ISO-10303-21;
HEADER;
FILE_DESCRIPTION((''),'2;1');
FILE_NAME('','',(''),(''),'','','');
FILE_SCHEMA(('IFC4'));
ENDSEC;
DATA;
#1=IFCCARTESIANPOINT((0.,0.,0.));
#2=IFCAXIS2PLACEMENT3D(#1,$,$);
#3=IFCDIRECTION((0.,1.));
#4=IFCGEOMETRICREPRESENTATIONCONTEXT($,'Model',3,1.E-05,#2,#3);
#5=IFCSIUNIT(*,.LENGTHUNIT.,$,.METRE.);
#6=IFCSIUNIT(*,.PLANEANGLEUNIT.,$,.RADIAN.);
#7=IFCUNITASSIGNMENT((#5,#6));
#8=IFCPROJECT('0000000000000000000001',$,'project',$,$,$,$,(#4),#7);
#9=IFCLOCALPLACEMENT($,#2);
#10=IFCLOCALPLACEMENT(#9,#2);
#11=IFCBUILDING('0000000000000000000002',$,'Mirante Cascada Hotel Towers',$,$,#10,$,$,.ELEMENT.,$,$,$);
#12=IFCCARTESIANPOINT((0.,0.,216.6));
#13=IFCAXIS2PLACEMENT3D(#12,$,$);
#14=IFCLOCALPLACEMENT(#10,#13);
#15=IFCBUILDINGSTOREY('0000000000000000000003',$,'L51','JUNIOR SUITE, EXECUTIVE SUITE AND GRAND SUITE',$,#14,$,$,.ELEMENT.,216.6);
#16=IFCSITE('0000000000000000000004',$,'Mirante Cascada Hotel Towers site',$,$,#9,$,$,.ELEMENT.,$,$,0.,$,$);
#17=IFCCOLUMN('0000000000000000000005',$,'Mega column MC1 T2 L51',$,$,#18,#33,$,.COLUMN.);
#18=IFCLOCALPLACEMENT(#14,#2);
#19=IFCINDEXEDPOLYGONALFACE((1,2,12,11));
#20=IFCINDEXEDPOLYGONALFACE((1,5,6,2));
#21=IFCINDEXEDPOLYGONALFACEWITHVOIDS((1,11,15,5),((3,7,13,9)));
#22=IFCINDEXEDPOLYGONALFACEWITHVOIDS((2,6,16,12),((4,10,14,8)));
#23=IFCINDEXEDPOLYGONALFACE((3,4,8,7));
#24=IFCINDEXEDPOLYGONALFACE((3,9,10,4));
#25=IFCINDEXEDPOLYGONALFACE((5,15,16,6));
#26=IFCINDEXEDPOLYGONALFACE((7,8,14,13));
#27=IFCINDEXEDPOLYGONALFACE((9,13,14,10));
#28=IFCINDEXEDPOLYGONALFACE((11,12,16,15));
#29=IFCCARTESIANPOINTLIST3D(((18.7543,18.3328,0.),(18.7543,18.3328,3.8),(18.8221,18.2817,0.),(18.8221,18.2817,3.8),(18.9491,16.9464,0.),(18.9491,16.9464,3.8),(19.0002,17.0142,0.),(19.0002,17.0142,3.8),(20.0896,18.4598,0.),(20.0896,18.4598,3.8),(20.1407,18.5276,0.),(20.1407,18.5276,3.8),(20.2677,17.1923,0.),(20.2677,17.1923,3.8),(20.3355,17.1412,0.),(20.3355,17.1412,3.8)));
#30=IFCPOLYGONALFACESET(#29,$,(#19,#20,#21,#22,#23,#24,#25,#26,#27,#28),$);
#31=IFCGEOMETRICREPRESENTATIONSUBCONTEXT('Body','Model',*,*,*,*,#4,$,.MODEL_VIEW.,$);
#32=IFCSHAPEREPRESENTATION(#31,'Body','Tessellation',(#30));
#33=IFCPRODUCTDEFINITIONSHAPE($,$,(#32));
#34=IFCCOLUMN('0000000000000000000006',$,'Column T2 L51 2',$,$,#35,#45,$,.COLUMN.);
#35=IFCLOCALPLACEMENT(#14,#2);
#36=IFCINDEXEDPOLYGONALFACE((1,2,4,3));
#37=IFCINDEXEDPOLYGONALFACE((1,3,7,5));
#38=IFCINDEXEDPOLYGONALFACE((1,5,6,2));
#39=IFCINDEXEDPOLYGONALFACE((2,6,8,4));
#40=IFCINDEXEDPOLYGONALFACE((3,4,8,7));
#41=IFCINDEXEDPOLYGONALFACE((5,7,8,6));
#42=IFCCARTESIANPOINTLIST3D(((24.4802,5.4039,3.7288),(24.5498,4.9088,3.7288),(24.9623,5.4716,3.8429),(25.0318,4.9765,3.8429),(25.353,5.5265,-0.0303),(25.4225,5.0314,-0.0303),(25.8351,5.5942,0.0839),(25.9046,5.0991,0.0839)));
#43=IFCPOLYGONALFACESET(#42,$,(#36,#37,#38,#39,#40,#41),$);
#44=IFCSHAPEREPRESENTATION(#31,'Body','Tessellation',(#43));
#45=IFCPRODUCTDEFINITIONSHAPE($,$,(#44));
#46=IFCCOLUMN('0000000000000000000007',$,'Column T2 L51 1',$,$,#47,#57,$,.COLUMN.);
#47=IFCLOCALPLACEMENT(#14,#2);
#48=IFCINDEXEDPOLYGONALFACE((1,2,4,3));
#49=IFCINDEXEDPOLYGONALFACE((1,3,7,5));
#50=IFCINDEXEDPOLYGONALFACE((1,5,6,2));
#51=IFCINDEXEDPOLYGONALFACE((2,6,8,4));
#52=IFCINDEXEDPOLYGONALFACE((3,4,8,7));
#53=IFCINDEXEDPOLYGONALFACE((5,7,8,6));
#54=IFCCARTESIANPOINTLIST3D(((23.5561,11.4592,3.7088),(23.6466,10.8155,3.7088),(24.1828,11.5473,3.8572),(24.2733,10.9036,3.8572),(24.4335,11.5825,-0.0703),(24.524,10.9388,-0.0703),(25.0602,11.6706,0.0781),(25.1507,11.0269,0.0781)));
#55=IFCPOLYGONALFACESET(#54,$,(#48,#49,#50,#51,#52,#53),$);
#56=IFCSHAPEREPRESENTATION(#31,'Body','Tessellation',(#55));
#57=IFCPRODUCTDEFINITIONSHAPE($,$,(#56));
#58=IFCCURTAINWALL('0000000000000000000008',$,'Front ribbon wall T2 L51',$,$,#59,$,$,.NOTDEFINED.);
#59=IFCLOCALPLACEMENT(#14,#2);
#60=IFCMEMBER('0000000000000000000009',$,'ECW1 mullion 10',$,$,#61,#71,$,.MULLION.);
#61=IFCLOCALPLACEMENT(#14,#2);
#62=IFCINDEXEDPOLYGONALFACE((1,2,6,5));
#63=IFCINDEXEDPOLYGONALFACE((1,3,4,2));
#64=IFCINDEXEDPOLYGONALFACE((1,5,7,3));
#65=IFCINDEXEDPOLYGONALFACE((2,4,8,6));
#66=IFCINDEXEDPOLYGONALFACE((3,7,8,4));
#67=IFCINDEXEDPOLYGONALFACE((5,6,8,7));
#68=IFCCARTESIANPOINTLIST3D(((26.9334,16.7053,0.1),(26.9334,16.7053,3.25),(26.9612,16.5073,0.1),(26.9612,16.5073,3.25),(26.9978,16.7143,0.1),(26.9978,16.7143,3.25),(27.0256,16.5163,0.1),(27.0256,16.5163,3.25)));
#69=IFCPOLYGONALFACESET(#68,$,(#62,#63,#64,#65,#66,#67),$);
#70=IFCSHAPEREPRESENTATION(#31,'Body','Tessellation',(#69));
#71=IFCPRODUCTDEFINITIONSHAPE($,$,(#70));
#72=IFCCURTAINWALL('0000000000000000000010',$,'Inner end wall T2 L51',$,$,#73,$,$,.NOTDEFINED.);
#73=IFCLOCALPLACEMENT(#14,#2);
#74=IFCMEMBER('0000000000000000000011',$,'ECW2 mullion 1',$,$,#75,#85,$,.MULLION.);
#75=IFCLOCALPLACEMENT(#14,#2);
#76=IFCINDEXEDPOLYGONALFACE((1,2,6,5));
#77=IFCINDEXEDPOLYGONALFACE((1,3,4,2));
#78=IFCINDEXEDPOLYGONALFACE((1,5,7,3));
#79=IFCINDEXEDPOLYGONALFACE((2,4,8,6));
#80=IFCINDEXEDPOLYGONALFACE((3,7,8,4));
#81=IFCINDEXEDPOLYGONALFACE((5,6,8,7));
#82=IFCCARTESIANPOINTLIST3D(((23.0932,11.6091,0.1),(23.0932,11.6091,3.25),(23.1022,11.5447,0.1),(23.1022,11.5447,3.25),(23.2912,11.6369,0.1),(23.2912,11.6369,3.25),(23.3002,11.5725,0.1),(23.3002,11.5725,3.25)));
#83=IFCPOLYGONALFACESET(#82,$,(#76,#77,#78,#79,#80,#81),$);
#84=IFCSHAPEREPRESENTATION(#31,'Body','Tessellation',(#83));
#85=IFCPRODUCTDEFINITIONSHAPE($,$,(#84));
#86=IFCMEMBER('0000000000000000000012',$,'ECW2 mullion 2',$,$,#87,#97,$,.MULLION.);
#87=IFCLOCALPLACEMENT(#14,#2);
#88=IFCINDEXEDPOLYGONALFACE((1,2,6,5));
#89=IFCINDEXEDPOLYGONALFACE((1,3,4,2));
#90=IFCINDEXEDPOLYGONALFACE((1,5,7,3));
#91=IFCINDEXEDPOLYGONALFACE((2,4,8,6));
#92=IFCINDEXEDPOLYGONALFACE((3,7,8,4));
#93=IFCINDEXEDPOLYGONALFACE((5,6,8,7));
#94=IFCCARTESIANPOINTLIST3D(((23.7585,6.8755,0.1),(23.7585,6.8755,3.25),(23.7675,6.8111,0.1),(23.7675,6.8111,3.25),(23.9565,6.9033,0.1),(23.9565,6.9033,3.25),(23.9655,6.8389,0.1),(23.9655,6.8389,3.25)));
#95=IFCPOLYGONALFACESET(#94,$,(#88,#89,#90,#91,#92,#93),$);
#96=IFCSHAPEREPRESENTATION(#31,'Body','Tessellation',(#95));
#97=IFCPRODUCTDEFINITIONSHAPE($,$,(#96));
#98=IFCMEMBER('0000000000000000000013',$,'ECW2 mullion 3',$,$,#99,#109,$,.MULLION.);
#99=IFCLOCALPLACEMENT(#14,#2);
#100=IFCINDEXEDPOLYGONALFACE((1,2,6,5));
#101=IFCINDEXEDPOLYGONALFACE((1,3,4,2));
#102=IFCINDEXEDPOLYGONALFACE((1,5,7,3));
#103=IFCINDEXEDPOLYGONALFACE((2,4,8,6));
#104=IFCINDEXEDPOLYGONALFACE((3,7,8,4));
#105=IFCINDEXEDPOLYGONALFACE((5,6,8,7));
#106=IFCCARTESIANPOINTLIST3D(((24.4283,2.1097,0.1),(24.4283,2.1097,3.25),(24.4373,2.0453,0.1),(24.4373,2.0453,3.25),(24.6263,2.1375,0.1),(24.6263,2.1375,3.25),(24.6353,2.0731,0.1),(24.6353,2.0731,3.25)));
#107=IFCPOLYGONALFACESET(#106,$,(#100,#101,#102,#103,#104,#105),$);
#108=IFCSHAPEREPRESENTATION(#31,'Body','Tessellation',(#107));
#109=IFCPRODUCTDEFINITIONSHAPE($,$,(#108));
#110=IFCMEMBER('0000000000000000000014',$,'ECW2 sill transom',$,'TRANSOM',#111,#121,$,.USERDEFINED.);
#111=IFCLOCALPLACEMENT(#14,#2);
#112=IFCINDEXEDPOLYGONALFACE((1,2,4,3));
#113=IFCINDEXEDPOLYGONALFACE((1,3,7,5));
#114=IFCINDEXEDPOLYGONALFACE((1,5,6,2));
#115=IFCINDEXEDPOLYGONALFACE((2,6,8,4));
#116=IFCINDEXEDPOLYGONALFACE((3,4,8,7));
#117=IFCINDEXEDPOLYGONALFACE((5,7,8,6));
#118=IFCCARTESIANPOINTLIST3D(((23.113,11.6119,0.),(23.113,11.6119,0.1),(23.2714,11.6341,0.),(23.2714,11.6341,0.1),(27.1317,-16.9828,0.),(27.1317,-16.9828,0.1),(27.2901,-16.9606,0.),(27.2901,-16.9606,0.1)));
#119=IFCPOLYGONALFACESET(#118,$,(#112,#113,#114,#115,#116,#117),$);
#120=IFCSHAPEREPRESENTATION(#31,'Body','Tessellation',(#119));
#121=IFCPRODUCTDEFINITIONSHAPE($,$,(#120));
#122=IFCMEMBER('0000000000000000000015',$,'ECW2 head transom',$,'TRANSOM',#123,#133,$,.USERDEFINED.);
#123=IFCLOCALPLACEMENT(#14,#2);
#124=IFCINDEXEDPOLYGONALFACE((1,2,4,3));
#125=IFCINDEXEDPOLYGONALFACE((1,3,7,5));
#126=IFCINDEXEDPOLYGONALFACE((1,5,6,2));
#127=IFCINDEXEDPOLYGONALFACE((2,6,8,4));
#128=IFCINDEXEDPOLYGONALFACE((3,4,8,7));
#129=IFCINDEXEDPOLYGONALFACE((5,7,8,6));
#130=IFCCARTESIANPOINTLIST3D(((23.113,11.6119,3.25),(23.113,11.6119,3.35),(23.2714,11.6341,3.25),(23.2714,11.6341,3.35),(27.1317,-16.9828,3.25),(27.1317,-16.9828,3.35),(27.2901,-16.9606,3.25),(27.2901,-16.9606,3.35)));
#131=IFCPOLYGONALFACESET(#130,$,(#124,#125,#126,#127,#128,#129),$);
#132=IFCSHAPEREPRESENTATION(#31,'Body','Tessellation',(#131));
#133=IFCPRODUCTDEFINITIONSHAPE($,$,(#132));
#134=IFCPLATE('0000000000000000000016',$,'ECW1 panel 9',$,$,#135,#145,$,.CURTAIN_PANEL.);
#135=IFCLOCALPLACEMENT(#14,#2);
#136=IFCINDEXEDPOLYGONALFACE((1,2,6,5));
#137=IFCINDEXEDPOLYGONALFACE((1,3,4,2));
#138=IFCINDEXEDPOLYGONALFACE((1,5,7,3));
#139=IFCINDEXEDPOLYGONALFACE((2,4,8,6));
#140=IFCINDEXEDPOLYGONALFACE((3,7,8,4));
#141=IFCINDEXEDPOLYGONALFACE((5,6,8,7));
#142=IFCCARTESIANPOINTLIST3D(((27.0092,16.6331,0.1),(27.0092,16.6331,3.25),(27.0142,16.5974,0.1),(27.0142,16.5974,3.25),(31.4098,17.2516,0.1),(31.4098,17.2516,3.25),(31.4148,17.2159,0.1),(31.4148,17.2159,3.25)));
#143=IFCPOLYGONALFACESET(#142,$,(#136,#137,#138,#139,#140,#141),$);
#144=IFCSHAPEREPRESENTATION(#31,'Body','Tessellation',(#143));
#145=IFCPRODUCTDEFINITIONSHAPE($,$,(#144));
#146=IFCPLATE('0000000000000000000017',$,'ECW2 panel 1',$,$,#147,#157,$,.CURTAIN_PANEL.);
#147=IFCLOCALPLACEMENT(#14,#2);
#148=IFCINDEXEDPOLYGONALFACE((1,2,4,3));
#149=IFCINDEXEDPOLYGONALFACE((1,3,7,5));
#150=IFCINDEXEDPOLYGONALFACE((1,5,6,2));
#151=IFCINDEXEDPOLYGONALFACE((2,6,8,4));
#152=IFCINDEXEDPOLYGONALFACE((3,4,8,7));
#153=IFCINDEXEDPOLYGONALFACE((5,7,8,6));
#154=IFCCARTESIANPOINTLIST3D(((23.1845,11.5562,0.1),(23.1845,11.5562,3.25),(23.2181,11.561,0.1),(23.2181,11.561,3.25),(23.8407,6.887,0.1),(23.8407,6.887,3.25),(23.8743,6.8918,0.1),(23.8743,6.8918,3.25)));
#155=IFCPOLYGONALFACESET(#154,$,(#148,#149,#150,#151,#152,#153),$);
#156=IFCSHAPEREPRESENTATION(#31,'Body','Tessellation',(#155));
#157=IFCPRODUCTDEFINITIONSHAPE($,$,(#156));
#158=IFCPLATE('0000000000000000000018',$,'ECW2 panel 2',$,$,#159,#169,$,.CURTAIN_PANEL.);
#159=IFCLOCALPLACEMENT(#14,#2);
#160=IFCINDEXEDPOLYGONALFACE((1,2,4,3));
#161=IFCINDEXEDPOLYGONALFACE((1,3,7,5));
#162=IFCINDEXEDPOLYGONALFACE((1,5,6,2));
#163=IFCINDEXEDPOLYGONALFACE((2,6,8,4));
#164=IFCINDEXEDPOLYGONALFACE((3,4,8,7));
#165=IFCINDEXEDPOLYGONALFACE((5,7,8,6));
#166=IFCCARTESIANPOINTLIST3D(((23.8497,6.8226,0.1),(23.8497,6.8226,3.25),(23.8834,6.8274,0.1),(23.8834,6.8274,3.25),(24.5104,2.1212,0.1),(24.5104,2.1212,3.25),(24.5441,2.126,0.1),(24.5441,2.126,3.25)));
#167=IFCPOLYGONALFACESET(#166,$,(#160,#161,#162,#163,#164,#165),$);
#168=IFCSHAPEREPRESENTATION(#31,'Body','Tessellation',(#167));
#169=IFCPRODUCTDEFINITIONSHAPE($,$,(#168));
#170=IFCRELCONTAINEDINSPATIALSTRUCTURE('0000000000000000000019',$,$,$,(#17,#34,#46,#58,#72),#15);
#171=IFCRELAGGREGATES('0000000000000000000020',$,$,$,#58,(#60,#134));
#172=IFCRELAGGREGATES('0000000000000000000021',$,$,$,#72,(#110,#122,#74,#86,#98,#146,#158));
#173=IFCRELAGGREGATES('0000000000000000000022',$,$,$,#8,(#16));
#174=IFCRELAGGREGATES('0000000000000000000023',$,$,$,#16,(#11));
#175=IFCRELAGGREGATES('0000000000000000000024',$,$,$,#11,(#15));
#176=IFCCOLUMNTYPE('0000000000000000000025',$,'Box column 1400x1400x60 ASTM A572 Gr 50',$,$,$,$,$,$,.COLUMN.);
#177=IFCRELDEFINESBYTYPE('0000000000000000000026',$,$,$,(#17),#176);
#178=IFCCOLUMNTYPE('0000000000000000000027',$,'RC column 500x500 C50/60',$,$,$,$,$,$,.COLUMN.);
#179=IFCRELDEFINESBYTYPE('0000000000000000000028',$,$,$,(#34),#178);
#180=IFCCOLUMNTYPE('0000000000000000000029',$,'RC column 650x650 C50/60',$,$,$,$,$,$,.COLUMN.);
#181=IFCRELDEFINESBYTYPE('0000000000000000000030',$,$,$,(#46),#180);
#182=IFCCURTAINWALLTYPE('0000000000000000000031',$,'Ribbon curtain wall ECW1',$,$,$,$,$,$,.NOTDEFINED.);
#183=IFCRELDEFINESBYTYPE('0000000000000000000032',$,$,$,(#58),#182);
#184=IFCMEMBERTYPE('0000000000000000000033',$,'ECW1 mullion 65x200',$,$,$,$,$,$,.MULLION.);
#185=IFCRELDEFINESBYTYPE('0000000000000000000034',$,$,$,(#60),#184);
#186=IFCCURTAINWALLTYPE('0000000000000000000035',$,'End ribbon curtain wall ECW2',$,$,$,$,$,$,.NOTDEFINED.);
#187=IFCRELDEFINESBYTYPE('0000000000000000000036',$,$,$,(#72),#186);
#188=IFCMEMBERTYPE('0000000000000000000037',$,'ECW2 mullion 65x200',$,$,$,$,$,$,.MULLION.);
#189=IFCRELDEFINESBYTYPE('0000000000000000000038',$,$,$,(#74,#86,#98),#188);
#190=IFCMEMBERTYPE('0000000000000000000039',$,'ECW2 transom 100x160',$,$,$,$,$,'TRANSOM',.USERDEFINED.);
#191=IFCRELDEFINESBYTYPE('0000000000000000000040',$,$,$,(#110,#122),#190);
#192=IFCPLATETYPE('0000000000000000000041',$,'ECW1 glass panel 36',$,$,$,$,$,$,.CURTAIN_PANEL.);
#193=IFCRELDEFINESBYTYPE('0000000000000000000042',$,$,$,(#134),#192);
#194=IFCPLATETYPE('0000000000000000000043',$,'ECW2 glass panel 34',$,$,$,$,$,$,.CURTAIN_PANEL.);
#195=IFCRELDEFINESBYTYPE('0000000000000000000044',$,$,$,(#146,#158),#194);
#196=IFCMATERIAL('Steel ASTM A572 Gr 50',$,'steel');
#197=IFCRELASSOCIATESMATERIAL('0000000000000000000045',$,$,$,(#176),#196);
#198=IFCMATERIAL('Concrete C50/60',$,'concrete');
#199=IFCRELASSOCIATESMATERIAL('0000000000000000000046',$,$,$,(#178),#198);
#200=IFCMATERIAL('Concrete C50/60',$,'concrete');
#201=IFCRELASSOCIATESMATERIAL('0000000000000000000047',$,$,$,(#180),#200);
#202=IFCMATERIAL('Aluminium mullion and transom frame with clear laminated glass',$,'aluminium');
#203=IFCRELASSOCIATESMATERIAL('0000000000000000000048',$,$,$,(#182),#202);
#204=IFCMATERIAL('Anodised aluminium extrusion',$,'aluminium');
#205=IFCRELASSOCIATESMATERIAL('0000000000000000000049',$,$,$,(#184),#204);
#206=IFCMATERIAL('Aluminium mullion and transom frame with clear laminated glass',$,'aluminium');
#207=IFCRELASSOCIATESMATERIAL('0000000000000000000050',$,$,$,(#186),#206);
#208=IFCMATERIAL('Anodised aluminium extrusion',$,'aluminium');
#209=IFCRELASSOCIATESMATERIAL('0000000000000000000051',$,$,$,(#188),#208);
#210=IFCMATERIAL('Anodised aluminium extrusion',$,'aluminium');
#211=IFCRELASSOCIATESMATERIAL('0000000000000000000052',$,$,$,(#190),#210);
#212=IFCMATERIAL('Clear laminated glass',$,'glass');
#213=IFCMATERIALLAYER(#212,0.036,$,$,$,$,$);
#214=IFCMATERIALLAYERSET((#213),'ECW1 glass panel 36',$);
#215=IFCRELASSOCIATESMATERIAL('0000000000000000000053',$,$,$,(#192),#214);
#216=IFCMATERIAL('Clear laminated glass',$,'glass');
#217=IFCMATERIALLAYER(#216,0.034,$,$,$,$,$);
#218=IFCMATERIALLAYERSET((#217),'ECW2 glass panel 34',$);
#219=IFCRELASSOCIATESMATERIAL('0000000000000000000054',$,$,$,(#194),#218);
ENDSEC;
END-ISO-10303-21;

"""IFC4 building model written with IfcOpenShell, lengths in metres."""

from ifc_helpers import new_model, si_unit, direction, frame, origin, origin_2d, place, context, subcontext, project, spatial, rectangle, hollow_rectangle, extrude, material, layer, layer_set, material_profile, profile_set, type_object, element, aggregate, save


model = new_model("IFC4")

# Units and contexts
model_context = context("Model", 3, precision=1e-05, world=origin(), true_north=direction((0.0, 1.0)))
body_context = subcontext(model_context, "Body", "Model", "MODEL_VIEW")
ifc_project = project(units=[si_unit("LENGTHUNIT", "METRE"), si_unit("PLANEANGLEUNIT", "RADIAN")], contexts=[model_context])

# Site, building, storey
site_placement = place(None, origin())
site = spatial("IfcSite", under=ifc_project, at=site_placement, Name="Mirante Cascada Hotel Towers site", CompositionType="ELEMENT", RefElevation=0.0)
building_placement = place(site_placement, origin())
building = spatial("IfcBuilding", under=site, at=building_placement, Name="Mirante Cascada Hotel Towers", CompositionType="ELEMENT")
storey_placement = place(building_placement, frame((0.0, 0.0, 216.6)))
storey = spatial("IfcBuildingStorey", under=building, at=storey_placement, Name="L51", Description="JUNIOR SUITE, EXECUTIVE SUITE AND GRAND SUITE", CompositionType="ELEMENT", Elevation=216.6)

# Columns
ifc_material_1 = material(Name="Steel ASTM A572 Gr 50", Category="steel")
ifc_material_profile_1 = material_profile(ifc_material_1, hollow_rectangle(XDim=1.4, YDim=1.4, WallThickness=0.06, at=origin_2d()), Name="Box column 1400x1400x60 ASTM A572 Gr 50")
ifc_profile_set_1 = profile_set([ifc_material_profile_1], Name="Steel ASTM A572 Gr 50")
column_type_1 = type_object("IfcColumnType", Name="Box column 1400x1400x60 ASTM A572 Gr 50", PredefinedType="COLUMN", material=ifc_profile_set_1)
column_1_placement = place(storey_placement, frame((19.5449, 17.737, 0.0), z_axis=(0.0, 0.0, 1.0), x_axis=(0.990268, 0.139173, 0.0)))
element("IfcColumn", 1, at=column_1_placement, inside=storey, type_object=column_type_1, Name="Mega column MC1 T2 L51", PredefinedType="COLUMN", context=body_context, shape_type="SweptSolid", body=[
    extrude(hollow_rectangle(XDim=1.4, YDim=1.4, WallThickness=0.06, at=origin_2d()), origin(), (0.0, 0.0, 1.0), 3.8),
])
ifc_material_2 = material(Name="Concrete C50/60", Category="concrete")
ifc_material_profile_2 = material_profile(ifc_material_2, rectangle(XDim=0.5, YDim=0.5, at=origin_2d()), Name="RC column 500x500 C50/60")
ifc_profile_set_2 = profile_set([ifc_material_profile_2], Name="Concrete C50/60")
column_type_2 = type_object("IfcColumnType", Name="RC column 500x500 C50/60", PredefinedType="COLUMN", material=ifc_profile_set_2)
column_2_placement = place(storey_placement, frame((25.6288, 5.3128, 0.0268), z_axis=(-0.226053, -0.031753, 0.973597), x_axis=(0.139102, -0.990278, 0.0)))
element("IfcColumn", 2, at=column_2_placement, inside=storey, type_object=column_type_2, Name="Column T2 L51 2", PredefinedType="COLUMN", context=body_context, shape_type="SweptSolid", body=[
    extrude(rectangle(XDim=0.5, YDim=0.5, at=origin_2d()), origin(), (0.0, 0.0, 1.0), 3.861),
])
ifc_material_3 = material(Name="Concrete C50/60", Category="concrete")
ifc_material_profile_3 = material_profile(ifc_material_3, rectangle(XDim=0.65, YDim=0.65, at=origin_2d()), Name="RC column 650x650 C50/60")
ifc_profile_set_3 = profile_set([ifc_material_profile_3], Name="Concrete C50/60")
column_type_3 = type_object("IfcColumnType", Name="RC column 650x650 C50/60", PredefinedType="COLUMN", material=ifc_profile_set_3)
column_3_placement = place(storey_placement, frame((24.7921, 11.3047, 0.0039), z_axis=(-0.226042, -0.031765, 0.973599), x_axis=(0.139161, -0.99027, 0.0)))
element("IfcColumn", 3, at=column_3_placement, inside=storey, type_object=column_type_3, Name="Column T2 L51 1", PredefinedType="COLUMN", context=body_context, shape_type="SweptSolid", body=[
    extrude(rectangle(XDim=0.65, YDim=0.65, at=origin_2d()), origin(), (0.0, 0.0, 1.0), 3.8816),
])

# Curtain wall, member
ifc_material_4 = material(Name="Aluminium mullion and transom frame with clear laminated glass", Category="aluminium")
curtain_wall_type_1 = type_object("IfcCurtainWallType", Name="Ribbon curtain wall ECW1", PredefinedType="NOTDEFINED", material=ifc_material_4)
curtain_wall_1_placement = place(storey_placement, origin())
curtain_wall_1 = element("IfcCurtainWall", 4, at=curtain_wall_1_placement, inside=storey, type_object=curtain_wall_type_1, Name="Front ribbon wall T2 L51", PredefinedType="NOTDEFINED")
ifc_material_5 = material(Name="Anodised aluminium extrusion", Category="aluminium")
ifc_material_profile_4 = material_profile(ifc_material_5, rectangle(XDim=0.2, YDim=0.065, at=origin_2d()), Name="ECW1 MULLION 65x200")
ifc_profile_set_4 = profile_set([ifc_material_profile_4], Name="Anodised aluminium extrusion")
member_type_1 = type_object("IfcMemberType", Name="ECW1 mullion 65x200", PredefinedType="MULLION", material=ifc_profile_set_4)
member_1_placement = place(storey_placement, frame((26.9795, 16.6108, 0.1), z_axis=(0.0, 0.0, 1.0), x_axis=(0.139173, -0.990268, 0.0)))
member_1 = element("IfcMember", 5, at=member_1_placement, type_object=member_type_1, Name="ECW1 mullion 10", PredefinedType="MULLION", context=body_context, shape_type="SweptSolid", body=[
    extrude(rectangle(XDim=0.2, YDim=0.065, at=origin_2d()), origin(), (0.0, 0.0, 1.0), 3.15),
])

# Curtain wall, members
ifc_material_6 = material(Name="Aluminium mullion and transom frame with clear laminated glass", Category="aluminium")
curtain_wall_type_2 = type_object("IfcCurtainWallType", Name="End ribbon curtain wall ECW2", PredefinedType="NOTDEFINED", material=ifc_material_6)
curtain_wall_2_placement = place(storey_placement, origin())
curtain_wall_2 = element("IfcCurtainWall", 6, at=curtain_wall_2_placement, inside=storey, type_object=curtain_wall_type_2, Name="Inner end wall T2 L51", PredefinedType="NOTDEFINED")
ifc_material_7 = material(Name="Anodised aluminium extrusion", Category="aluminium")
ifc_material_profile_5 = material_profile(ifc_material_7, rectangle(XDim=0.2, YDim=0.065, at=origin_2d()), Name="ECW2 MULLION 65x200")
ifc_profile_set_5 = profile_set([ifc_material_profile_5], Name="Anodised aluminium extrusion")
member_type_2 = type_object("IfcMemberType", Name="ECW2 mullion 65x200", PredefinedType="MULLION", material=ifc_profile_set_5)
member_2_placement = place(storey_placement, frame((23.1967, 11.5908, 0.1), z_axis=(0.0, 0.0, 1.0), x_axis=(0.990268, 0.139173, 0.0)))
member_2 = element("IfcMember", 7, at=member_2_placement, type_object=member_type_2, Name="ECW2 mullion 1", PredefinedType="MULLION", context=body_context, shape_type="SweptSolid", body=[
    extrude(rectangle(XDim=0.2, YDim=0.065, at=origin_2d()), origin(), (0.0, 0.0, 1.0), 3.15),
])
member_3_placement = place(storey_placement, frame((23.862, 6.8572, 0.1), z_axis=(0.0, 0.0, 1.0), x_axis=(0.990268, 0.139173, 0.0)))
member_3 = element("IfcMember", 8, at=member_3_placement, type_object=member_type_2, Name="ECW2 mullion 2", PredefinedType="MULLION", context=body_context, shape_type="SweptSolid", body=[
    extrude(rectangle(XDim=0.2, YDim=0.065, at=origin_2d()), origin(), (0.0, 0.0, 1.0), 3.15),
])
member_4_placement = place(storey_placement, frame((24.5318, 2.0914, 0.1), z_axis=(0.0, 0.0, 1.0), x_axis=(0.990268, 0.139173, 0.0)))
member_4 = element("IfcMember", 9, at=member_4_placement, type_object=member_type_2, Name="ECW2 mullion 3", PredefinedType="MULLION", context=body_context, shape_type="SweptSolid", body=[
    extrude(rectangle(XDim=0.2, YDim=0.065, at=origin_2d()), origin(), (0.0, 0.0, 1.0), 3.15),
])
ifc_material_8 = material(Name="Anodised aluminium extrusion", Category="aluminium")
ifc_material_profile_6 = material_profile(ifc_material_8, rectangle(XDim=0.16, YDim=0.1, at=origin_2d()), Name="ECW2 TRANSOM 100x160")
ifc_profile_set_6 = profile_set([ifc_material_profile_6], Name="Anodised aluminium extrusion")
member_type_3 = type_object("IfcMemberType", Name="ECW2 transom 100x160", ElementType="TRANSOM", PredefinedType="USERDEFINED", material=ifc_profile_set_6)
member_5_placement = place(storey_placement, frame((23.1922, 11.623, 0.05), z_axis=(0.139172, -0.990268, 0.0), x_axis=(0.990268, 0.139172, 0.0)))
member_5 = element("IfcMember", 10, at=member_5_placement, type_object=member_type_3, Name="ECW2 sill transom", ObjectType="TRANSOM", PredefinedType="USERDEFINED", context=body_context, shape_type="SweptSolid", body=[
    extrude(rectangle(XDim=0.16, YDim=0.1, at=origin_2d()), origin(), (0.0, 0.0, 1.0), 28.8757),
])
member_6_placement = place(storey_placement, frame((23.1922, 11.623, 3.3), z_axis=(0.139172, -0.990268, 0.0), x_axis=(0.990268, 0.139172, 0.0)))
member_6 = element("IfcMember", 11, at=member_6_placement, type_object=member_type_3, Name="ECW2 head transom", ObjectType="TRANSOM", PredefinedType="USERDEFINED", context=body_context, shape_type="SweptSolid", body=[
    extrude(rectangle(XDim=0.16, YDim=0.1, at=origin_2d()), origin(), (0.0, 0.0, 1.0), 28.8757),
])

# Plates
ifc_material_9 = material(Name="Clear laminated glass", Category="glass")
ifc_layer_1 = layer(ifc_material_9, 0.036)
ifc_layer_set_1 = layer_set([ifc_layer_1], Name="ECW1 glass panel 36")
plate_type_1 = type_object("IfcPlateType", Name="ECW1 glass panel 36", PredefinedType="CURTAIN_PANEL", material=ifc_layer_set_1)
plate_1_placement = place(storey_placement, frame((29.212, 16.9245, 0.1), z_axis=(0.0, 0.0, 1.0), x_axis=(-0.990268, -0.139173, 0.0)))
plate_1 = element("IfcPlate", 12, at=plate_1_placement, type_object=plate_type_1, Name="ECW1 panel 9", PredefinedType="CURTAIN_PANEL", context=body_context, shape_type="SweptSolid", body=[
    extrude(rectangle(XDim=4.4438, YDim=0.036, at=origin_2d()), origin(), (0.0, 0.0, 1.0), 3.15),
])
aggregate(curtain_wall_1, [member_1, plate_1])
ifc_material_10 = material(Name="Clear laminated glass", Category="glass")
ifc_layer_2 = layer(ifc_material_10, 0.034)
ifc_layer_set_2 = layer_set([ifc_layer_2], Name="ECW2 glass panel 34")
plate_type_2 = type_object("IfcPlateType", Name="ECW2 glass panel 34", PredefinedType="CURTAIN_PANEL", material=ifc_layer_set_2)
plate_2_placement = place(storey_placement, frame((23.5294, 9.224, 0.1), z_axis=(0.0, 0.0, 1.0), x_axis=(0.139173, -0.990268, 0.0)))
plate_2 = element("IfcPlate", 13, at=plate_2_placement, type_object=plate_type_2, Name="ECW2 panel 1", PredefinedType="CURTAIN_PANEL", context=body_context, shape_type="SweptSolid", body=[
    extrude(rectangle(XDim=4.7151, YDim=0.034, at=origin_2d()), origin(), (0.0, 0.0, 1.0), 3.15),
])
plate_3_placement = place(storey_placement, frame((24.1969, 4.4743, 0.1), z_axis=(0.0, 0.0, 1.0), x_axis=(0.139173, -0.990268, 0.0)))
plate_3 = element("IfcPlate", 14, at=plate_3_placement, type_object=plate_type_2, Name="ECW2 panel 2", PredefinedType="CURTAIN_PANEL", context=body_context, shape_type="SweptSolid", body=[
    extrude(rectangle(XDim=4.7476, YDim=0.034, at=origin_2d()), origin(), (0.0, 0.0, 1.0), 3.15),
])
aggregate(curtain_wall_2, [member_5, member_6, member_2, member_3, member_4, plate_2, plate_3])

save(model, "model.ifc")
